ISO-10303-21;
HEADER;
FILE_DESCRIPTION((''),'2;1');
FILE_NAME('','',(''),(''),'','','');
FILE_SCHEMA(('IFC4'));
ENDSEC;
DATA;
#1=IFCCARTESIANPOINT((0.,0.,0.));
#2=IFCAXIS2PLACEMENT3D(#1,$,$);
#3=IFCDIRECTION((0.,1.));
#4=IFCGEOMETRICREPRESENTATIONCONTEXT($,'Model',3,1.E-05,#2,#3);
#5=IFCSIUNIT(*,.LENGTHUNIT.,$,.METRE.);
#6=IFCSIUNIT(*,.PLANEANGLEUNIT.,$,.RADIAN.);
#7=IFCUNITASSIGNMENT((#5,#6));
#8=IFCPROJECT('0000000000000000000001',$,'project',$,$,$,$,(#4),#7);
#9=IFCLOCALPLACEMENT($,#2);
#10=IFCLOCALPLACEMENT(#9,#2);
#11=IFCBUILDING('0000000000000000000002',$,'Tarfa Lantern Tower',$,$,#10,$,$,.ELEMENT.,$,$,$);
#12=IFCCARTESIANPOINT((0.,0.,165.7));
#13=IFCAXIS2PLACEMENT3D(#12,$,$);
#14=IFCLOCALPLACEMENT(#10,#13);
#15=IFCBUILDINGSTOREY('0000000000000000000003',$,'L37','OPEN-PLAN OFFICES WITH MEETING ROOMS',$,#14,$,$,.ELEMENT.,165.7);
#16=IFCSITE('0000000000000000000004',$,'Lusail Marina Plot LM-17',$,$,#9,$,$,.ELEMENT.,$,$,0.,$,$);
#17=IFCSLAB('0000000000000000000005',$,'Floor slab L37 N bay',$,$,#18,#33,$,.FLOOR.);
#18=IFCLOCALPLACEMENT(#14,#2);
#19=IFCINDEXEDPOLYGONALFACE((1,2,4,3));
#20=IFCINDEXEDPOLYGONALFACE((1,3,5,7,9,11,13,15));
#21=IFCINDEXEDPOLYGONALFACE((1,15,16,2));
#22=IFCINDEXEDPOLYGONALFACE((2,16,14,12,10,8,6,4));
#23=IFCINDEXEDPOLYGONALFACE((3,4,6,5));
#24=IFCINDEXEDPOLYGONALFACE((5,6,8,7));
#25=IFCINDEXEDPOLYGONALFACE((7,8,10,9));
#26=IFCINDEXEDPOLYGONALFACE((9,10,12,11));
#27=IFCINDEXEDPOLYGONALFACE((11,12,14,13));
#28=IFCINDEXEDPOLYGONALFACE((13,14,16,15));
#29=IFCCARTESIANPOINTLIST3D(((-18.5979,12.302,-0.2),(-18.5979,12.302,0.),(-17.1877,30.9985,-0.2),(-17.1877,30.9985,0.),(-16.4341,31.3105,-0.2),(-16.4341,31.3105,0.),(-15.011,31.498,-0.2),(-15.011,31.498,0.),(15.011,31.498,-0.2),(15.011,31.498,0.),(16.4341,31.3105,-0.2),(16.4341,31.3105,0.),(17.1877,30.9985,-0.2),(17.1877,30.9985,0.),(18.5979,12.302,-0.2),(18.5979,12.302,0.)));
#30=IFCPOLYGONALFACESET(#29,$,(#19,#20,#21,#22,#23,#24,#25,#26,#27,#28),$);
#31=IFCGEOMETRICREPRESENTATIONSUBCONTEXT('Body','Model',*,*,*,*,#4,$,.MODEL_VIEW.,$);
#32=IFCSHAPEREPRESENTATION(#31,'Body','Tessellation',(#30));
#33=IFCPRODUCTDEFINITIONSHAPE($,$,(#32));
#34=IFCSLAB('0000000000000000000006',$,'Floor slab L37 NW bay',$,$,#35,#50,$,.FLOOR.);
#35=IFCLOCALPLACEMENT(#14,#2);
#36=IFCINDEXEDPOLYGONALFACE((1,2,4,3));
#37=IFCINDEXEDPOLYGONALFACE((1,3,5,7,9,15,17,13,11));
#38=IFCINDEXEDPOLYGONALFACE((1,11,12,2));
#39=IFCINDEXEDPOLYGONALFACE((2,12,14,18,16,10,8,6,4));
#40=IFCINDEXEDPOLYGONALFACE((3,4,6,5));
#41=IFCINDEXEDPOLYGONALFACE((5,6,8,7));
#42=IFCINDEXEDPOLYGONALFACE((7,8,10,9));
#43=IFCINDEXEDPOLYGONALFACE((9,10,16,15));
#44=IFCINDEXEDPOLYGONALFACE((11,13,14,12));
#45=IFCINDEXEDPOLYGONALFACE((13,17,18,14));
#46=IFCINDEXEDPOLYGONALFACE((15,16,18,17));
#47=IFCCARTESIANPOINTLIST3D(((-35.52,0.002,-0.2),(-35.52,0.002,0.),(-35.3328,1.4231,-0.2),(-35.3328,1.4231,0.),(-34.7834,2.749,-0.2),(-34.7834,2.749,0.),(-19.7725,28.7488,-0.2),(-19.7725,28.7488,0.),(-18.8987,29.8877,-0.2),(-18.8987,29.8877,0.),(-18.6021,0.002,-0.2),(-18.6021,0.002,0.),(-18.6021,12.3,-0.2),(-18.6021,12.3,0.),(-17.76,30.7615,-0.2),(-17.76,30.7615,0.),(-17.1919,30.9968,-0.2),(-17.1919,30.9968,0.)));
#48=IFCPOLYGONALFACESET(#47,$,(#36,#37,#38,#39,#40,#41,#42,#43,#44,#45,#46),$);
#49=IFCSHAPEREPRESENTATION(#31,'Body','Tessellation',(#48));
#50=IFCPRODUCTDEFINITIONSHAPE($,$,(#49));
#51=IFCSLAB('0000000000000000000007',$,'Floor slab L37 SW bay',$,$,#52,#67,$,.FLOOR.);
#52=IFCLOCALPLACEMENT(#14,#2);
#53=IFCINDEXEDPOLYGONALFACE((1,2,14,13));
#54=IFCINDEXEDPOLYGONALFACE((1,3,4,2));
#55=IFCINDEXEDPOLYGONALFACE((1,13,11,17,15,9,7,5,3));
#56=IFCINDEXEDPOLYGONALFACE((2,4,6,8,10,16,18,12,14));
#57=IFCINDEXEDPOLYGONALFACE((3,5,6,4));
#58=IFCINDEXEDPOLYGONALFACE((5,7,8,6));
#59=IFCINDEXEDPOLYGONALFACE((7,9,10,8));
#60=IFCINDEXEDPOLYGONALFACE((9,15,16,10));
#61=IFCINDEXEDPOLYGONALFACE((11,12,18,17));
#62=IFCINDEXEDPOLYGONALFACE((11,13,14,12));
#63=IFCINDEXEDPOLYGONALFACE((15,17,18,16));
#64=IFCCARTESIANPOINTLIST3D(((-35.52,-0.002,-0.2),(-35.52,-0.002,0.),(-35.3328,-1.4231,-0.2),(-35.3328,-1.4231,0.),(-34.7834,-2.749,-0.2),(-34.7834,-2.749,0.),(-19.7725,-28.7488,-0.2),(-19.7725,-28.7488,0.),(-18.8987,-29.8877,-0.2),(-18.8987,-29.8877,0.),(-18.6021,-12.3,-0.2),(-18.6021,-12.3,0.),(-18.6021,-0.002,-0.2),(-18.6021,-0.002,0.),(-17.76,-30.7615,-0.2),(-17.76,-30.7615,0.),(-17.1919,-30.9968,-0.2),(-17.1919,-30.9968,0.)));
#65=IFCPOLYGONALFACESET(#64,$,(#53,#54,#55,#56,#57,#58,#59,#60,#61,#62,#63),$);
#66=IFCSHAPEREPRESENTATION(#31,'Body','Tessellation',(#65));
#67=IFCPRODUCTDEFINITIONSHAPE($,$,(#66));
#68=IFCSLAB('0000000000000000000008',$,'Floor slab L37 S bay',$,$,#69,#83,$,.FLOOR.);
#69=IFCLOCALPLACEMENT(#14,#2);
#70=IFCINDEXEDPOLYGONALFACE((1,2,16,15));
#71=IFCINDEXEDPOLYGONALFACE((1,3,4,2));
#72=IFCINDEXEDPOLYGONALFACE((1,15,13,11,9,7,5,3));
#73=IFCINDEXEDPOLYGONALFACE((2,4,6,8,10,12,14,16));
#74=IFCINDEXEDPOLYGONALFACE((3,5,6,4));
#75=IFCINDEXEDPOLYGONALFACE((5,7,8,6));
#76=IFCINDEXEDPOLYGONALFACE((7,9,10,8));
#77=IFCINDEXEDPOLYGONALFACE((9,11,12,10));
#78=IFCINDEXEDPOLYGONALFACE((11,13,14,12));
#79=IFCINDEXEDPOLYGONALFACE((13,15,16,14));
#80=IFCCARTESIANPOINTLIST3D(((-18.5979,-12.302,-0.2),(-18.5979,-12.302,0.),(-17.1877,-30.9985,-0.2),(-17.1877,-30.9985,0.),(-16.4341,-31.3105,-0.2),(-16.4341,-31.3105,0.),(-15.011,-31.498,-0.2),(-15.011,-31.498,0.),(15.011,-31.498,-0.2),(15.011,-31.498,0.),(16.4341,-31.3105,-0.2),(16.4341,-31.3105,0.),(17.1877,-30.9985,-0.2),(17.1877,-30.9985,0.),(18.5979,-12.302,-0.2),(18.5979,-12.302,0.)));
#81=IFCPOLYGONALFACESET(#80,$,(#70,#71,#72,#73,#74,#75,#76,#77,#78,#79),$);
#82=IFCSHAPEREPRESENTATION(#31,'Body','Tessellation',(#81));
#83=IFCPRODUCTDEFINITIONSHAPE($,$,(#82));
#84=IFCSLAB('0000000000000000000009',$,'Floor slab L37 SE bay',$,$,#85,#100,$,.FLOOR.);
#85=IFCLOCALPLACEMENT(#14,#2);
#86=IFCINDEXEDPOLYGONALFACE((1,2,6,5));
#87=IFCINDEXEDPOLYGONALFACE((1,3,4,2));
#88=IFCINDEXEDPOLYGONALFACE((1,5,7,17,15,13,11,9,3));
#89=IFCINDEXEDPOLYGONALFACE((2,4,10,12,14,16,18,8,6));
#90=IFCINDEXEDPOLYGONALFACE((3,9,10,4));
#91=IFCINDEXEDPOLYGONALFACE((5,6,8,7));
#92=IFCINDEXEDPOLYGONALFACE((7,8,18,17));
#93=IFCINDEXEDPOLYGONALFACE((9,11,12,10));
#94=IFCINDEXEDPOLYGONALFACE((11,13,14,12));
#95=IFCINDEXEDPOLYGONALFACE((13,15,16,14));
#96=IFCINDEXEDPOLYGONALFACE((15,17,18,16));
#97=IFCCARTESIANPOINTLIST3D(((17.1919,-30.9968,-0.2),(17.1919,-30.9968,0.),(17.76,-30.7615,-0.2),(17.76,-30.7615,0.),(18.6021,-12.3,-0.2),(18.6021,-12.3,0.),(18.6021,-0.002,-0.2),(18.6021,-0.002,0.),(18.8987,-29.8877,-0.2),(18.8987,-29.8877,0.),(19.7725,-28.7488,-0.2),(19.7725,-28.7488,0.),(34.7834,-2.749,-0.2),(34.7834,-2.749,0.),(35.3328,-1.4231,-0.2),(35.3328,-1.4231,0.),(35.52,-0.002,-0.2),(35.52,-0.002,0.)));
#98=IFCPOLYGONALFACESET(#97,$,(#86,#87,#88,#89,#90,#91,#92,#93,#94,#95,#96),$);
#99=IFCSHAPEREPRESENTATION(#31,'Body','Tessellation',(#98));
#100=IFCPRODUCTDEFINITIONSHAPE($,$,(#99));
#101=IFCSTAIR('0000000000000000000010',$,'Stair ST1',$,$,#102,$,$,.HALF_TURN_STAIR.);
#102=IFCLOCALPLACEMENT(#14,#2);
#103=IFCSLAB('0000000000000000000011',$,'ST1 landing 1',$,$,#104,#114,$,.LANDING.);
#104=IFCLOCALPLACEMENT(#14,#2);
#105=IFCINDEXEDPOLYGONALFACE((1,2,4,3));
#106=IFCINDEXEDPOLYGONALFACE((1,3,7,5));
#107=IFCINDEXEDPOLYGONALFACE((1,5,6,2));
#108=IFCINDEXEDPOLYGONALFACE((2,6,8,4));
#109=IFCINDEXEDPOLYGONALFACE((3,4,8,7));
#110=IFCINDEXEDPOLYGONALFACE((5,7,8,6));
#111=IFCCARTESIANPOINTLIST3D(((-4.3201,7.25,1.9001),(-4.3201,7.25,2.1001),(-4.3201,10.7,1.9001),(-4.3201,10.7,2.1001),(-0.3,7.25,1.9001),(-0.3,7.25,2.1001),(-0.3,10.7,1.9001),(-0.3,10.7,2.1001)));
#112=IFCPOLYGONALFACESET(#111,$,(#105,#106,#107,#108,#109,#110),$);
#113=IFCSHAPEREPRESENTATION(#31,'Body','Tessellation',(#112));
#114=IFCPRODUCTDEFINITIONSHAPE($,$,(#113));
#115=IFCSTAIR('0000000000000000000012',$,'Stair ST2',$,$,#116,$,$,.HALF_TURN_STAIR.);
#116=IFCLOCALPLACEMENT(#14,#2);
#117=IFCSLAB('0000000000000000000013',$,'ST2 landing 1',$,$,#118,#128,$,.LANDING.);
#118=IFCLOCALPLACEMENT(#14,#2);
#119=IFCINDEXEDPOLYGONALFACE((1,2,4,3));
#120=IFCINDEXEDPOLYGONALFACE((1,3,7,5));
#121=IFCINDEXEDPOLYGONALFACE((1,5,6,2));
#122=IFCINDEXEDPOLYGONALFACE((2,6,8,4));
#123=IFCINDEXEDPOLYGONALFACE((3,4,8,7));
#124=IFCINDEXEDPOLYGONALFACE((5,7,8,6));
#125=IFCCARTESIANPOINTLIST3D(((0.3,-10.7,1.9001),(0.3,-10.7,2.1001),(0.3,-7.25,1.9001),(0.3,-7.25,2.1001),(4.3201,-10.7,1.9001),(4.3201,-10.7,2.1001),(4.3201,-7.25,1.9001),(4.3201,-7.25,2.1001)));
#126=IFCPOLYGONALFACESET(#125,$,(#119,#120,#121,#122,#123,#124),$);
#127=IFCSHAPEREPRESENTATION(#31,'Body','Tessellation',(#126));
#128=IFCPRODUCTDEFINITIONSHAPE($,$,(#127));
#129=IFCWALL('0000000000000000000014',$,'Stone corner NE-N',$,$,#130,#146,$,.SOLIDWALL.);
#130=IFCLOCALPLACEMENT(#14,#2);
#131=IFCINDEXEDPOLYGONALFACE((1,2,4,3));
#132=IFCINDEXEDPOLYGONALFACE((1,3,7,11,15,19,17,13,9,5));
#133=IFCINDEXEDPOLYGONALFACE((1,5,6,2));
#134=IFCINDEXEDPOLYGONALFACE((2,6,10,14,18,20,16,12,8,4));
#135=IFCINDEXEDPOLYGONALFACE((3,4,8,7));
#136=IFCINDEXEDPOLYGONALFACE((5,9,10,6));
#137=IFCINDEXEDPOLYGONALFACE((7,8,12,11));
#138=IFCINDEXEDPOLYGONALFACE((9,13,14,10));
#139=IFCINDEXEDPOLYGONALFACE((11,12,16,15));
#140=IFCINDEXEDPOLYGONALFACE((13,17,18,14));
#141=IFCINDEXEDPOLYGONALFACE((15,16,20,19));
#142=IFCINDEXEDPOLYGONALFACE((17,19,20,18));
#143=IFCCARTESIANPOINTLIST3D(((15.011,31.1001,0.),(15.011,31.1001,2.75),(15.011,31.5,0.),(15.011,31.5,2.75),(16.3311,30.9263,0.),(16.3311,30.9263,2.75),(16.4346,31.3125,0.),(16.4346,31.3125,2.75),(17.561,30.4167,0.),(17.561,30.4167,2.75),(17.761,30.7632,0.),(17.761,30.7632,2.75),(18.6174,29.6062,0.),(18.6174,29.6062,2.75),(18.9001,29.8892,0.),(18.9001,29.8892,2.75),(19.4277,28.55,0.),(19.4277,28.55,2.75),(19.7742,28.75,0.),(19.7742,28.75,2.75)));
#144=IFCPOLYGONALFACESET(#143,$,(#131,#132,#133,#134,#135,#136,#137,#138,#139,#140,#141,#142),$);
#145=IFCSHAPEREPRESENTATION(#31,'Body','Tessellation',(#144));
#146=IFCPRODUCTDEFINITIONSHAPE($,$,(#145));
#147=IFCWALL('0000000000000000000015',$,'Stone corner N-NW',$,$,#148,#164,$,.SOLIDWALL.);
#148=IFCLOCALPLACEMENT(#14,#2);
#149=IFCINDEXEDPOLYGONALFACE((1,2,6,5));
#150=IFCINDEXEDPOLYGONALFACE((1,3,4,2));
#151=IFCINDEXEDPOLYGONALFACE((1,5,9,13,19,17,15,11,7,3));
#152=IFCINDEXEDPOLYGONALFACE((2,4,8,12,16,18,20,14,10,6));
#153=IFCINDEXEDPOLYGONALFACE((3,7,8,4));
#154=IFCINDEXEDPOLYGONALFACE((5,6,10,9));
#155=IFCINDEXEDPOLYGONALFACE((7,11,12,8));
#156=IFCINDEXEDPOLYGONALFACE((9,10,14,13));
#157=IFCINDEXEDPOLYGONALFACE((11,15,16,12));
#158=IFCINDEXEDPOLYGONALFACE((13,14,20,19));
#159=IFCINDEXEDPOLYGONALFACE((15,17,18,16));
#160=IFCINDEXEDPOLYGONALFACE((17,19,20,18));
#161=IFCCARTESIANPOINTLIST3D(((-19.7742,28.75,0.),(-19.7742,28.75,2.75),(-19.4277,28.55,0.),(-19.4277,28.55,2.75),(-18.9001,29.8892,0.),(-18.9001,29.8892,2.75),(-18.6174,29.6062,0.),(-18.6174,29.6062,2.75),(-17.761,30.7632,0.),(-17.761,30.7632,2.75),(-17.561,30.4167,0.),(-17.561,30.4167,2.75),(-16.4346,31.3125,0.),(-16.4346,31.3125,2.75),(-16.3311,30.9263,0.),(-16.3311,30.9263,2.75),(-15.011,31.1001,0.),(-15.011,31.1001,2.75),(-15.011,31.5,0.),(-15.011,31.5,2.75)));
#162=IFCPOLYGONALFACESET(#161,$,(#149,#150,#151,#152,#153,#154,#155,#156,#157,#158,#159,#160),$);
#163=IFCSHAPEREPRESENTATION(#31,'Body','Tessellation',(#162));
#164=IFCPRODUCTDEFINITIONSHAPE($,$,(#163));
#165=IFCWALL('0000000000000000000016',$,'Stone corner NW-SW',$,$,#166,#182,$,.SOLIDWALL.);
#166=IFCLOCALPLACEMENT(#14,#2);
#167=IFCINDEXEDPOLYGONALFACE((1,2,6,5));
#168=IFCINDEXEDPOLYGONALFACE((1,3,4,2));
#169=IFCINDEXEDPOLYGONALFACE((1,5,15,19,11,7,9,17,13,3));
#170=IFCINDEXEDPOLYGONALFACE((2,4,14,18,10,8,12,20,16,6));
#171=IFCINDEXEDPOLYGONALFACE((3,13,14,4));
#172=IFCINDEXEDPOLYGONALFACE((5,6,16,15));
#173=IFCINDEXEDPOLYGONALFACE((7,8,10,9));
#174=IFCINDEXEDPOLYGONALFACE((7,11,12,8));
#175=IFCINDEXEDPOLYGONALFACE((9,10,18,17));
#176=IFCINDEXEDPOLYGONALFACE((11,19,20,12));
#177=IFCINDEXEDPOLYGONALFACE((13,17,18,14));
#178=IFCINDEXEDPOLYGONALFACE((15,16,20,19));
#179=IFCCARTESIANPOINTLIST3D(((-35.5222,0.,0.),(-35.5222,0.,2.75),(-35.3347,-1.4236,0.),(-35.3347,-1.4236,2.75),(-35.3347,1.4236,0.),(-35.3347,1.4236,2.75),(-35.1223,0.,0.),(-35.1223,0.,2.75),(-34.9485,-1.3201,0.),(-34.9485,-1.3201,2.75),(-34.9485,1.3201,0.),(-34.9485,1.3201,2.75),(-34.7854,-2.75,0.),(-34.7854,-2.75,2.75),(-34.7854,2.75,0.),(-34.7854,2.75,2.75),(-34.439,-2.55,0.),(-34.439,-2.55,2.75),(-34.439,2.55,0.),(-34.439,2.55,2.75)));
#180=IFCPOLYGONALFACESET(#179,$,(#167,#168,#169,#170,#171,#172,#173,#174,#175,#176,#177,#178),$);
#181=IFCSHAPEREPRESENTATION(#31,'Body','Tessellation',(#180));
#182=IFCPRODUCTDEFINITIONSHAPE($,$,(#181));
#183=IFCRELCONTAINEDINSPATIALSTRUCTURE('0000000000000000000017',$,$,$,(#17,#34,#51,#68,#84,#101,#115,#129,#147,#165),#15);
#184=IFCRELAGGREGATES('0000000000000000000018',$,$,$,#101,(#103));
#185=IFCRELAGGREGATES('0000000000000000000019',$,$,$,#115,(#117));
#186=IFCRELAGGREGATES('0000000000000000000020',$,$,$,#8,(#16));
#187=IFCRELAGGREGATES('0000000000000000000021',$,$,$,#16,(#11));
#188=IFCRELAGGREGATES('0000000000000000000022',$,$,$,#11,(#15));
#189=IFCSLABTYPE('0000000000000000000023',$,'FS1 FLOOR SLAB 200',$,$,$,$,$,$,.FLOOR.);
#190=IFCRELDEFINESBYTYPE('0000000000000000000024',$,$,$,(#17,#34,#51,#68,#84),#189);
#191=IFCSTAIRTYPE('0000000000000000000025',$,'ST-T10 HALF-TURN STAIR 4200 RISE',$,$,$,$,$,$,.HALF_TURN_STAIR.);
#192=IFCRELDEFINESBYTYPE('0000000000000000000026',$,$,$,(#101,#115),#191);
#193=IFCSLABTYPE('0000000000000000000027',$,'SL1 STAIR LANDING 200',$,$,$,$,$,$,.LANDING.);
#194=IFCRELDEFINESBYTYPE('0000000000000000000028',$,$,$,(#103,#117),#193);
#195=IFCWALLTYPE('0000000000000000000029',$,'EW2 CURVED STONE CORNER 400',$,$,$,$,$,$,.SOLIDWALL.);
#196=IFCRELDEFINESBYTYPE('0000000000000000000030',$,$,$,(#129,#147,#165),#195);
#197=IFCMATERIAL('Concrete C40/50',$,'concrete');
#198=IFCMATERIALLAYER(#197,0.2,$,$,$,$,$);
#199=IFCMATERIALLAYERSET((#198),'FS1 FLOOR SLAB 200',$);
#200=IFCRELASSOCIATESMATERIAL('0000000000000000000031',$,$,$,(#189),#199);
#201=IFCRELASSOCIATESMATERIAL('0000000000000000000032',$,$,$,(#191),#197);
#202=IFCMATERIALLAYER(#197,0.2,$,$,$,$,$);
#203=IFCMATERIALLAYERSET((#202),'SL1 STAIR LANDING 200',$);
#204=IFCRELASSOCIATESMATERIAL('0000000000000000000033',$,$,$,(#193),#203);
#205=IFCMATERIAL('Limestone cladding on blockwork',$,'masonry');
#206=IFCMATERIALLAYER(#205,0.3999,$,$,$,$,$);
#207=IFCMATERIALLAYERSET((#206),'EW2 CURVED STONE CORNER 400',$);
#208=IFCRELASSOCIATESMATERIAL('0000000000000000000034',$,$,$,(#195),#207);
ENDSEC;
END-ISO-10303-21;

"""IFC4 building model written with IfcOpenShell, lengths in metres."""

from ifc_helpers import new_model, si_unit, direction, frame, origin, place, context, subcontext, project, spatial, polyline, outline, extrude, material, layer, layer_set, type_object, element, aggregate, save


model = new_model("IFC4")

# Units and contexts
model_context = context("Model", 3, precision=1e-05, world=origin(), true_north=direction((0.0, 1.0)))
body_context = subcontext(model_context, "Body", "Model", "MODEL_VIEW")
ifc_project = project(units=[si_unit("LENGTHUNIT", "METRE"), si_unit("PLANEANGLEUNIT", "RADIAN")], contexts=[model_context])

# Site, building, storey
site_placement = place(None, origin())
site = spatial("IfcSite", under=ifc_project, at=site_placement, Name="Lusail Marina Plot LM-17", CompositionType="ELEMENT", RefElevation=0.0)
building_placement = place(site_placement, origin())
building = spatial("IfcBuilding", under=site, at=building_placement, Name="Tarfa Lantern Tower", CompositionType="ELEMENT")
storey_placement = place(building_placement, frame((0.0, 0.0, 165.7)))
storey = spatial("IfcBuildingStorey", under=building, at=storey_placement, Name="L37", Description="OPEN-PLAN OFFICES WITH MEETING ROOMS", CompositionType="ELEMENT", Elevation=165.7)

# Slabs
ifc_material_1 = material(Name="Concrete C40/50", Category="concrete")
ifc_layer_1 = layer(ifc_material_1, 0.2)
ifc_layer_set_1 = layer_set([ifc_layer_1], Name="FS1 FLOOR SLAB 200")
slab_type_1 = type_object("IfcSlabType", Name="FS1 FLOOR SLAB 200", PredefinedType="FLOOR", material=ifc_layer_set_1)
slab_1_placement = place(storey_placement, frame((0.0, 0.0, -0.2)))
element("IfcSlab", 1, at=slab_1_placement, inside=storey, type_object=slab_type_1, Name="Floor slab L37 N bay", PredefinedType="FLOOR", context=body_context, shape_type="SweptSolid", body=[
    extrude(outline(polyline([(-18.5979, 12.302), (18.5979, 12.302), (17.1877, 30.9985), (16.4341, 31.3105), (15.011, 31.498), (-15.011, 31.498), (-16.4341, 31.3105), (-17.1877, 30.9985), (-18.5979, 12.302)])), origin(), (0.0, 0.0, 1.0), 0.2),
])
slab_2_placement = place(storey_placement, frame((0.0, 0.0, -0.2)))
element("IfcSlab", 2, at=slab_2_placement, inside=storey, type_object=slab_type_1, Name="Floor slab L37 NW bay", PredefinedType="FLOOR", context=body_context, shape_type="SweptSolid", body=[
    extrude(outline(polyline([(-18.6021, 0.002), (-18.6021, 12.3), (-17.1919, 30.9968), (-17.76, 30.7615), (-18.8987, 29.8877), (-19.7725, 28.7488), (-34.7834, 2.749), (-35.3328, 1.4231), (-35.52, 0.002), (-18.6021, 0.002)])), origin(), (0.0, 0.0, 1.0), 0.2),
])
slab_3_placement = place(storey_placement, frame((0.0, 0.0, -0.2)))
element("IfcSlab", 3, at=slab_3_placement, inside=storey, type_object=slab_type_1, Name="Floor slab L37 SW bay", PredefinedType="FLOOR", context=body_context, shape_type="SweptSolid", body=[
    extrude(outline(polyline([(-18.6021, -12.3), (-18.6021, -0.002), (-35.52, -0.002), (-35.3328, -1.4231), (-34.7834, -2.749), (-19.7725, -28.7488), (-18.8987, -29.8877), (-17.76, -30.7615), (-17.1919, -30.9968), (-18.6021, -12.3)])), origin(), (0.0, 0.0, 1.0), 0.2),
])
slab_4_placement = place(storey_placement, frame((0.0, 0.0, -0.2)))
element("IfcSlab", 4, at=slab_4_placement, inside=storey, type_object=slab_type_1, Name="Floor slab L37 S bay", PredefinedType="FLOOR", context=body_context, shape_type="SweptSolid", body=[
    extrude(outline(polyline([(18.5979, -12.302), (-18.5979, -12.302), (-17.1877, -30.9985), (-16.4341, -31.3105), (-15.011, -31.498), (15.011, -31.498), (16.4341, -31.3105), (17.1877, -30.9985), (18.5979, -12.302)])), origin(), (0.0, 0.0, 1.0), 0.2),
])
slab_5_placement = place(storey_placement, frame((0.0, 0.0, -0.2)))
element("IfcSlab", 5, at=slab_5_placement, inside=storey, type_object=slab_type_1, Name="Floor slab L37 SE bay", PredefinedType="FLOOR", context=body_context, shape_type="SweptSolid", body=[
    extrude(outline(polyline([(18.6021, -0.002), (18.6021, -12.3), (17.1919, -30.9968), (17.76, -30.7615), (18.8987, -29.8877), (19.7725, -28.7488), (34.7834, -2.749), (35.3328, -1.4231), (35.52, -0.002), (18.6021, -0.002)])), origin(), (0.0, 0.0, 1.0), 0.2),
])

# Stairs, slabs
stair_type = type_object("IfcStairType", Name="ST-T10 HALF-TURN STAIR 4200 RISE", PredefinedType="HALF_TURN_STAIR", material=ifc_material_1)
stair_1_placement = place(storey_placement, origin())
stair_1 = element("IfcStair", 6, at=stair_1_placement, inside=storey, type_object=stair_type, Name="Stair ST1", PredefinedType="HALF_TURN_STAIR")
ifc_layer_2 = layer(ifc_material_1, 0.2)
ifc_layer_set_2 = layer_set([ifc_layer_2], Name="SL1 STAIR LANDING 200")
slab_type_2 = type_object("IfcSlabType", Name="SL1 STAIR LANDING 200", PredefinedType="LANDING", material=ifc_layer_set_2)
slab_6_placement = place(storey_placement, frame((0.0, 0.0, 1.9001)))
slab_6 = element("IfcSlab", 7, at=slab_6_placement, type_object=slab_type_2, Name="ST1 landing 1", PredefinedType="LANDING", context=body_context, shape_type="SweptSolid", body=[
    extrude(outline(polyline([(-4.3201, 7.25), (-0.3, 7.25), (-0.3, 10.7), (-4.3201, 10.7), (-4.3201, 7.25)])), origin(), (0.0, 0.0, 1.0), 0.2),
])
aggregate(stair_1, [slab_6])
stair_2_placement = place(storey_placement, origin())
stair_2 = element("IfcStair", 8, at=stair_2_placement, inside=storey, type_object=stair_type, Name="Stair ST2", PredefinedType="HALF_TURN_STAIR")
slab_7_placement = place(storey_placement, frame((0.0, 0.0, 1.9001)))
slab_7 = element("IfcSlab", 9, at=slab_7_placement, type_object=slab_type_2, Name="ST2 landing 1", PredefinedType="LANDING", context=body_context, shape_type="SweptSolid", body=[
    extrude(outline(polyline([(4.3201, -7.25), (0.3, -7.25), (0.3, -10.7), (4.3201, -10.7), (4.3201, -7.25)])), origin(), (0.0, 0.0, 1.0), 0.2),
])
aggregate(stair_2, [slab_7])

# Walls
ifc_material_2 = material(Name="Limestone cladding on blockwork", Category="masonry")
ifc_layer_3 = layer(ifc_material_2, 0.3999)
ifc_layer_set_3 = layer_set([ifc_layer_3], Name="EW2 CURVED STONE CORNER 400")
wall_type_1 = type_object("IfcWallType", Name="EW2 CURVED STONE CORNER 400", PredefinedType="SOLIDWALL", material=ifc_layer_set_3)
wall_1_placement = place(storey_placement, origin())
element("IfcWall", 10, at=wall_1_placement, inside=storey, type_object=wall_type_1, Name="Stone corner NE-N", PredefinedType="SOLIDWALL", context=body_context, shape_type="SweptSolid", body=[
    extrude(outline(polyline([(19.7742, 28.75), (18.9001, 29.8892), (17.761, 30.7632), (16.4346, 31.3125), (15.011, 31.5), (15.011, 31.1001), (16.3311, 30.9263), (17.561, 30.4167), (18.6174, 29.6062), (19.4277, 28.55), (19.7742, 28.75)])), origin(), (0.0, 0.0, 1.0), 2.75),
])
wall_2_placement = place(storey_placement, origin())
element("IfcWall", 11, at=wall_2_placement, inside=storey, type_object=wall_type_1, Name="Stone corner N-NW", PredefinedType="SOLIDWALL", context=body_context, shape_type="SweptSolid", body=[
    extrude(outline(polyline([(-15.011, 31.5), (-16.4346, 31.3125), (-17.761, 30.7632), (-18.9001, 29.8892), (-19.7742, 28.75), (-19.4277, 28.55), (-18.6174, 29.6062), (-17.561, 30.4167), (-16.3311, 30.9263), (-15.011, 31.1001), (-15.011, 31.5)])), origin(), (0.0, 0.0, 1.0), 2.75),
])
wall_3_placement = place(storey_placement, origin())
element("IfcWall", 12, at=wall_3_placement, inside=storey, type_object=wall_type_1, Name="Stone corner NW-SW", PredefinedType="SOLIDWALL", context=body_context, shape_type="SweptSolid", body=[
    extrude(outline(polyline([(-34.7854, 2.75), (-35.3347, 1.4236), (-35.5222, 0.0), (-35.3347, -1.4236), (-34.7854, -2.75), (-34.439, -2.55), (-34.9485, -1.3201), (-35.1223, 0.0), (-34.9485, 1.3201), (-34.439, 2.55), (-34.7854, 2.75)])), origin(), (0.0, 0.0, 1.0), 2.75),
])

save(model, "model.ifc")
